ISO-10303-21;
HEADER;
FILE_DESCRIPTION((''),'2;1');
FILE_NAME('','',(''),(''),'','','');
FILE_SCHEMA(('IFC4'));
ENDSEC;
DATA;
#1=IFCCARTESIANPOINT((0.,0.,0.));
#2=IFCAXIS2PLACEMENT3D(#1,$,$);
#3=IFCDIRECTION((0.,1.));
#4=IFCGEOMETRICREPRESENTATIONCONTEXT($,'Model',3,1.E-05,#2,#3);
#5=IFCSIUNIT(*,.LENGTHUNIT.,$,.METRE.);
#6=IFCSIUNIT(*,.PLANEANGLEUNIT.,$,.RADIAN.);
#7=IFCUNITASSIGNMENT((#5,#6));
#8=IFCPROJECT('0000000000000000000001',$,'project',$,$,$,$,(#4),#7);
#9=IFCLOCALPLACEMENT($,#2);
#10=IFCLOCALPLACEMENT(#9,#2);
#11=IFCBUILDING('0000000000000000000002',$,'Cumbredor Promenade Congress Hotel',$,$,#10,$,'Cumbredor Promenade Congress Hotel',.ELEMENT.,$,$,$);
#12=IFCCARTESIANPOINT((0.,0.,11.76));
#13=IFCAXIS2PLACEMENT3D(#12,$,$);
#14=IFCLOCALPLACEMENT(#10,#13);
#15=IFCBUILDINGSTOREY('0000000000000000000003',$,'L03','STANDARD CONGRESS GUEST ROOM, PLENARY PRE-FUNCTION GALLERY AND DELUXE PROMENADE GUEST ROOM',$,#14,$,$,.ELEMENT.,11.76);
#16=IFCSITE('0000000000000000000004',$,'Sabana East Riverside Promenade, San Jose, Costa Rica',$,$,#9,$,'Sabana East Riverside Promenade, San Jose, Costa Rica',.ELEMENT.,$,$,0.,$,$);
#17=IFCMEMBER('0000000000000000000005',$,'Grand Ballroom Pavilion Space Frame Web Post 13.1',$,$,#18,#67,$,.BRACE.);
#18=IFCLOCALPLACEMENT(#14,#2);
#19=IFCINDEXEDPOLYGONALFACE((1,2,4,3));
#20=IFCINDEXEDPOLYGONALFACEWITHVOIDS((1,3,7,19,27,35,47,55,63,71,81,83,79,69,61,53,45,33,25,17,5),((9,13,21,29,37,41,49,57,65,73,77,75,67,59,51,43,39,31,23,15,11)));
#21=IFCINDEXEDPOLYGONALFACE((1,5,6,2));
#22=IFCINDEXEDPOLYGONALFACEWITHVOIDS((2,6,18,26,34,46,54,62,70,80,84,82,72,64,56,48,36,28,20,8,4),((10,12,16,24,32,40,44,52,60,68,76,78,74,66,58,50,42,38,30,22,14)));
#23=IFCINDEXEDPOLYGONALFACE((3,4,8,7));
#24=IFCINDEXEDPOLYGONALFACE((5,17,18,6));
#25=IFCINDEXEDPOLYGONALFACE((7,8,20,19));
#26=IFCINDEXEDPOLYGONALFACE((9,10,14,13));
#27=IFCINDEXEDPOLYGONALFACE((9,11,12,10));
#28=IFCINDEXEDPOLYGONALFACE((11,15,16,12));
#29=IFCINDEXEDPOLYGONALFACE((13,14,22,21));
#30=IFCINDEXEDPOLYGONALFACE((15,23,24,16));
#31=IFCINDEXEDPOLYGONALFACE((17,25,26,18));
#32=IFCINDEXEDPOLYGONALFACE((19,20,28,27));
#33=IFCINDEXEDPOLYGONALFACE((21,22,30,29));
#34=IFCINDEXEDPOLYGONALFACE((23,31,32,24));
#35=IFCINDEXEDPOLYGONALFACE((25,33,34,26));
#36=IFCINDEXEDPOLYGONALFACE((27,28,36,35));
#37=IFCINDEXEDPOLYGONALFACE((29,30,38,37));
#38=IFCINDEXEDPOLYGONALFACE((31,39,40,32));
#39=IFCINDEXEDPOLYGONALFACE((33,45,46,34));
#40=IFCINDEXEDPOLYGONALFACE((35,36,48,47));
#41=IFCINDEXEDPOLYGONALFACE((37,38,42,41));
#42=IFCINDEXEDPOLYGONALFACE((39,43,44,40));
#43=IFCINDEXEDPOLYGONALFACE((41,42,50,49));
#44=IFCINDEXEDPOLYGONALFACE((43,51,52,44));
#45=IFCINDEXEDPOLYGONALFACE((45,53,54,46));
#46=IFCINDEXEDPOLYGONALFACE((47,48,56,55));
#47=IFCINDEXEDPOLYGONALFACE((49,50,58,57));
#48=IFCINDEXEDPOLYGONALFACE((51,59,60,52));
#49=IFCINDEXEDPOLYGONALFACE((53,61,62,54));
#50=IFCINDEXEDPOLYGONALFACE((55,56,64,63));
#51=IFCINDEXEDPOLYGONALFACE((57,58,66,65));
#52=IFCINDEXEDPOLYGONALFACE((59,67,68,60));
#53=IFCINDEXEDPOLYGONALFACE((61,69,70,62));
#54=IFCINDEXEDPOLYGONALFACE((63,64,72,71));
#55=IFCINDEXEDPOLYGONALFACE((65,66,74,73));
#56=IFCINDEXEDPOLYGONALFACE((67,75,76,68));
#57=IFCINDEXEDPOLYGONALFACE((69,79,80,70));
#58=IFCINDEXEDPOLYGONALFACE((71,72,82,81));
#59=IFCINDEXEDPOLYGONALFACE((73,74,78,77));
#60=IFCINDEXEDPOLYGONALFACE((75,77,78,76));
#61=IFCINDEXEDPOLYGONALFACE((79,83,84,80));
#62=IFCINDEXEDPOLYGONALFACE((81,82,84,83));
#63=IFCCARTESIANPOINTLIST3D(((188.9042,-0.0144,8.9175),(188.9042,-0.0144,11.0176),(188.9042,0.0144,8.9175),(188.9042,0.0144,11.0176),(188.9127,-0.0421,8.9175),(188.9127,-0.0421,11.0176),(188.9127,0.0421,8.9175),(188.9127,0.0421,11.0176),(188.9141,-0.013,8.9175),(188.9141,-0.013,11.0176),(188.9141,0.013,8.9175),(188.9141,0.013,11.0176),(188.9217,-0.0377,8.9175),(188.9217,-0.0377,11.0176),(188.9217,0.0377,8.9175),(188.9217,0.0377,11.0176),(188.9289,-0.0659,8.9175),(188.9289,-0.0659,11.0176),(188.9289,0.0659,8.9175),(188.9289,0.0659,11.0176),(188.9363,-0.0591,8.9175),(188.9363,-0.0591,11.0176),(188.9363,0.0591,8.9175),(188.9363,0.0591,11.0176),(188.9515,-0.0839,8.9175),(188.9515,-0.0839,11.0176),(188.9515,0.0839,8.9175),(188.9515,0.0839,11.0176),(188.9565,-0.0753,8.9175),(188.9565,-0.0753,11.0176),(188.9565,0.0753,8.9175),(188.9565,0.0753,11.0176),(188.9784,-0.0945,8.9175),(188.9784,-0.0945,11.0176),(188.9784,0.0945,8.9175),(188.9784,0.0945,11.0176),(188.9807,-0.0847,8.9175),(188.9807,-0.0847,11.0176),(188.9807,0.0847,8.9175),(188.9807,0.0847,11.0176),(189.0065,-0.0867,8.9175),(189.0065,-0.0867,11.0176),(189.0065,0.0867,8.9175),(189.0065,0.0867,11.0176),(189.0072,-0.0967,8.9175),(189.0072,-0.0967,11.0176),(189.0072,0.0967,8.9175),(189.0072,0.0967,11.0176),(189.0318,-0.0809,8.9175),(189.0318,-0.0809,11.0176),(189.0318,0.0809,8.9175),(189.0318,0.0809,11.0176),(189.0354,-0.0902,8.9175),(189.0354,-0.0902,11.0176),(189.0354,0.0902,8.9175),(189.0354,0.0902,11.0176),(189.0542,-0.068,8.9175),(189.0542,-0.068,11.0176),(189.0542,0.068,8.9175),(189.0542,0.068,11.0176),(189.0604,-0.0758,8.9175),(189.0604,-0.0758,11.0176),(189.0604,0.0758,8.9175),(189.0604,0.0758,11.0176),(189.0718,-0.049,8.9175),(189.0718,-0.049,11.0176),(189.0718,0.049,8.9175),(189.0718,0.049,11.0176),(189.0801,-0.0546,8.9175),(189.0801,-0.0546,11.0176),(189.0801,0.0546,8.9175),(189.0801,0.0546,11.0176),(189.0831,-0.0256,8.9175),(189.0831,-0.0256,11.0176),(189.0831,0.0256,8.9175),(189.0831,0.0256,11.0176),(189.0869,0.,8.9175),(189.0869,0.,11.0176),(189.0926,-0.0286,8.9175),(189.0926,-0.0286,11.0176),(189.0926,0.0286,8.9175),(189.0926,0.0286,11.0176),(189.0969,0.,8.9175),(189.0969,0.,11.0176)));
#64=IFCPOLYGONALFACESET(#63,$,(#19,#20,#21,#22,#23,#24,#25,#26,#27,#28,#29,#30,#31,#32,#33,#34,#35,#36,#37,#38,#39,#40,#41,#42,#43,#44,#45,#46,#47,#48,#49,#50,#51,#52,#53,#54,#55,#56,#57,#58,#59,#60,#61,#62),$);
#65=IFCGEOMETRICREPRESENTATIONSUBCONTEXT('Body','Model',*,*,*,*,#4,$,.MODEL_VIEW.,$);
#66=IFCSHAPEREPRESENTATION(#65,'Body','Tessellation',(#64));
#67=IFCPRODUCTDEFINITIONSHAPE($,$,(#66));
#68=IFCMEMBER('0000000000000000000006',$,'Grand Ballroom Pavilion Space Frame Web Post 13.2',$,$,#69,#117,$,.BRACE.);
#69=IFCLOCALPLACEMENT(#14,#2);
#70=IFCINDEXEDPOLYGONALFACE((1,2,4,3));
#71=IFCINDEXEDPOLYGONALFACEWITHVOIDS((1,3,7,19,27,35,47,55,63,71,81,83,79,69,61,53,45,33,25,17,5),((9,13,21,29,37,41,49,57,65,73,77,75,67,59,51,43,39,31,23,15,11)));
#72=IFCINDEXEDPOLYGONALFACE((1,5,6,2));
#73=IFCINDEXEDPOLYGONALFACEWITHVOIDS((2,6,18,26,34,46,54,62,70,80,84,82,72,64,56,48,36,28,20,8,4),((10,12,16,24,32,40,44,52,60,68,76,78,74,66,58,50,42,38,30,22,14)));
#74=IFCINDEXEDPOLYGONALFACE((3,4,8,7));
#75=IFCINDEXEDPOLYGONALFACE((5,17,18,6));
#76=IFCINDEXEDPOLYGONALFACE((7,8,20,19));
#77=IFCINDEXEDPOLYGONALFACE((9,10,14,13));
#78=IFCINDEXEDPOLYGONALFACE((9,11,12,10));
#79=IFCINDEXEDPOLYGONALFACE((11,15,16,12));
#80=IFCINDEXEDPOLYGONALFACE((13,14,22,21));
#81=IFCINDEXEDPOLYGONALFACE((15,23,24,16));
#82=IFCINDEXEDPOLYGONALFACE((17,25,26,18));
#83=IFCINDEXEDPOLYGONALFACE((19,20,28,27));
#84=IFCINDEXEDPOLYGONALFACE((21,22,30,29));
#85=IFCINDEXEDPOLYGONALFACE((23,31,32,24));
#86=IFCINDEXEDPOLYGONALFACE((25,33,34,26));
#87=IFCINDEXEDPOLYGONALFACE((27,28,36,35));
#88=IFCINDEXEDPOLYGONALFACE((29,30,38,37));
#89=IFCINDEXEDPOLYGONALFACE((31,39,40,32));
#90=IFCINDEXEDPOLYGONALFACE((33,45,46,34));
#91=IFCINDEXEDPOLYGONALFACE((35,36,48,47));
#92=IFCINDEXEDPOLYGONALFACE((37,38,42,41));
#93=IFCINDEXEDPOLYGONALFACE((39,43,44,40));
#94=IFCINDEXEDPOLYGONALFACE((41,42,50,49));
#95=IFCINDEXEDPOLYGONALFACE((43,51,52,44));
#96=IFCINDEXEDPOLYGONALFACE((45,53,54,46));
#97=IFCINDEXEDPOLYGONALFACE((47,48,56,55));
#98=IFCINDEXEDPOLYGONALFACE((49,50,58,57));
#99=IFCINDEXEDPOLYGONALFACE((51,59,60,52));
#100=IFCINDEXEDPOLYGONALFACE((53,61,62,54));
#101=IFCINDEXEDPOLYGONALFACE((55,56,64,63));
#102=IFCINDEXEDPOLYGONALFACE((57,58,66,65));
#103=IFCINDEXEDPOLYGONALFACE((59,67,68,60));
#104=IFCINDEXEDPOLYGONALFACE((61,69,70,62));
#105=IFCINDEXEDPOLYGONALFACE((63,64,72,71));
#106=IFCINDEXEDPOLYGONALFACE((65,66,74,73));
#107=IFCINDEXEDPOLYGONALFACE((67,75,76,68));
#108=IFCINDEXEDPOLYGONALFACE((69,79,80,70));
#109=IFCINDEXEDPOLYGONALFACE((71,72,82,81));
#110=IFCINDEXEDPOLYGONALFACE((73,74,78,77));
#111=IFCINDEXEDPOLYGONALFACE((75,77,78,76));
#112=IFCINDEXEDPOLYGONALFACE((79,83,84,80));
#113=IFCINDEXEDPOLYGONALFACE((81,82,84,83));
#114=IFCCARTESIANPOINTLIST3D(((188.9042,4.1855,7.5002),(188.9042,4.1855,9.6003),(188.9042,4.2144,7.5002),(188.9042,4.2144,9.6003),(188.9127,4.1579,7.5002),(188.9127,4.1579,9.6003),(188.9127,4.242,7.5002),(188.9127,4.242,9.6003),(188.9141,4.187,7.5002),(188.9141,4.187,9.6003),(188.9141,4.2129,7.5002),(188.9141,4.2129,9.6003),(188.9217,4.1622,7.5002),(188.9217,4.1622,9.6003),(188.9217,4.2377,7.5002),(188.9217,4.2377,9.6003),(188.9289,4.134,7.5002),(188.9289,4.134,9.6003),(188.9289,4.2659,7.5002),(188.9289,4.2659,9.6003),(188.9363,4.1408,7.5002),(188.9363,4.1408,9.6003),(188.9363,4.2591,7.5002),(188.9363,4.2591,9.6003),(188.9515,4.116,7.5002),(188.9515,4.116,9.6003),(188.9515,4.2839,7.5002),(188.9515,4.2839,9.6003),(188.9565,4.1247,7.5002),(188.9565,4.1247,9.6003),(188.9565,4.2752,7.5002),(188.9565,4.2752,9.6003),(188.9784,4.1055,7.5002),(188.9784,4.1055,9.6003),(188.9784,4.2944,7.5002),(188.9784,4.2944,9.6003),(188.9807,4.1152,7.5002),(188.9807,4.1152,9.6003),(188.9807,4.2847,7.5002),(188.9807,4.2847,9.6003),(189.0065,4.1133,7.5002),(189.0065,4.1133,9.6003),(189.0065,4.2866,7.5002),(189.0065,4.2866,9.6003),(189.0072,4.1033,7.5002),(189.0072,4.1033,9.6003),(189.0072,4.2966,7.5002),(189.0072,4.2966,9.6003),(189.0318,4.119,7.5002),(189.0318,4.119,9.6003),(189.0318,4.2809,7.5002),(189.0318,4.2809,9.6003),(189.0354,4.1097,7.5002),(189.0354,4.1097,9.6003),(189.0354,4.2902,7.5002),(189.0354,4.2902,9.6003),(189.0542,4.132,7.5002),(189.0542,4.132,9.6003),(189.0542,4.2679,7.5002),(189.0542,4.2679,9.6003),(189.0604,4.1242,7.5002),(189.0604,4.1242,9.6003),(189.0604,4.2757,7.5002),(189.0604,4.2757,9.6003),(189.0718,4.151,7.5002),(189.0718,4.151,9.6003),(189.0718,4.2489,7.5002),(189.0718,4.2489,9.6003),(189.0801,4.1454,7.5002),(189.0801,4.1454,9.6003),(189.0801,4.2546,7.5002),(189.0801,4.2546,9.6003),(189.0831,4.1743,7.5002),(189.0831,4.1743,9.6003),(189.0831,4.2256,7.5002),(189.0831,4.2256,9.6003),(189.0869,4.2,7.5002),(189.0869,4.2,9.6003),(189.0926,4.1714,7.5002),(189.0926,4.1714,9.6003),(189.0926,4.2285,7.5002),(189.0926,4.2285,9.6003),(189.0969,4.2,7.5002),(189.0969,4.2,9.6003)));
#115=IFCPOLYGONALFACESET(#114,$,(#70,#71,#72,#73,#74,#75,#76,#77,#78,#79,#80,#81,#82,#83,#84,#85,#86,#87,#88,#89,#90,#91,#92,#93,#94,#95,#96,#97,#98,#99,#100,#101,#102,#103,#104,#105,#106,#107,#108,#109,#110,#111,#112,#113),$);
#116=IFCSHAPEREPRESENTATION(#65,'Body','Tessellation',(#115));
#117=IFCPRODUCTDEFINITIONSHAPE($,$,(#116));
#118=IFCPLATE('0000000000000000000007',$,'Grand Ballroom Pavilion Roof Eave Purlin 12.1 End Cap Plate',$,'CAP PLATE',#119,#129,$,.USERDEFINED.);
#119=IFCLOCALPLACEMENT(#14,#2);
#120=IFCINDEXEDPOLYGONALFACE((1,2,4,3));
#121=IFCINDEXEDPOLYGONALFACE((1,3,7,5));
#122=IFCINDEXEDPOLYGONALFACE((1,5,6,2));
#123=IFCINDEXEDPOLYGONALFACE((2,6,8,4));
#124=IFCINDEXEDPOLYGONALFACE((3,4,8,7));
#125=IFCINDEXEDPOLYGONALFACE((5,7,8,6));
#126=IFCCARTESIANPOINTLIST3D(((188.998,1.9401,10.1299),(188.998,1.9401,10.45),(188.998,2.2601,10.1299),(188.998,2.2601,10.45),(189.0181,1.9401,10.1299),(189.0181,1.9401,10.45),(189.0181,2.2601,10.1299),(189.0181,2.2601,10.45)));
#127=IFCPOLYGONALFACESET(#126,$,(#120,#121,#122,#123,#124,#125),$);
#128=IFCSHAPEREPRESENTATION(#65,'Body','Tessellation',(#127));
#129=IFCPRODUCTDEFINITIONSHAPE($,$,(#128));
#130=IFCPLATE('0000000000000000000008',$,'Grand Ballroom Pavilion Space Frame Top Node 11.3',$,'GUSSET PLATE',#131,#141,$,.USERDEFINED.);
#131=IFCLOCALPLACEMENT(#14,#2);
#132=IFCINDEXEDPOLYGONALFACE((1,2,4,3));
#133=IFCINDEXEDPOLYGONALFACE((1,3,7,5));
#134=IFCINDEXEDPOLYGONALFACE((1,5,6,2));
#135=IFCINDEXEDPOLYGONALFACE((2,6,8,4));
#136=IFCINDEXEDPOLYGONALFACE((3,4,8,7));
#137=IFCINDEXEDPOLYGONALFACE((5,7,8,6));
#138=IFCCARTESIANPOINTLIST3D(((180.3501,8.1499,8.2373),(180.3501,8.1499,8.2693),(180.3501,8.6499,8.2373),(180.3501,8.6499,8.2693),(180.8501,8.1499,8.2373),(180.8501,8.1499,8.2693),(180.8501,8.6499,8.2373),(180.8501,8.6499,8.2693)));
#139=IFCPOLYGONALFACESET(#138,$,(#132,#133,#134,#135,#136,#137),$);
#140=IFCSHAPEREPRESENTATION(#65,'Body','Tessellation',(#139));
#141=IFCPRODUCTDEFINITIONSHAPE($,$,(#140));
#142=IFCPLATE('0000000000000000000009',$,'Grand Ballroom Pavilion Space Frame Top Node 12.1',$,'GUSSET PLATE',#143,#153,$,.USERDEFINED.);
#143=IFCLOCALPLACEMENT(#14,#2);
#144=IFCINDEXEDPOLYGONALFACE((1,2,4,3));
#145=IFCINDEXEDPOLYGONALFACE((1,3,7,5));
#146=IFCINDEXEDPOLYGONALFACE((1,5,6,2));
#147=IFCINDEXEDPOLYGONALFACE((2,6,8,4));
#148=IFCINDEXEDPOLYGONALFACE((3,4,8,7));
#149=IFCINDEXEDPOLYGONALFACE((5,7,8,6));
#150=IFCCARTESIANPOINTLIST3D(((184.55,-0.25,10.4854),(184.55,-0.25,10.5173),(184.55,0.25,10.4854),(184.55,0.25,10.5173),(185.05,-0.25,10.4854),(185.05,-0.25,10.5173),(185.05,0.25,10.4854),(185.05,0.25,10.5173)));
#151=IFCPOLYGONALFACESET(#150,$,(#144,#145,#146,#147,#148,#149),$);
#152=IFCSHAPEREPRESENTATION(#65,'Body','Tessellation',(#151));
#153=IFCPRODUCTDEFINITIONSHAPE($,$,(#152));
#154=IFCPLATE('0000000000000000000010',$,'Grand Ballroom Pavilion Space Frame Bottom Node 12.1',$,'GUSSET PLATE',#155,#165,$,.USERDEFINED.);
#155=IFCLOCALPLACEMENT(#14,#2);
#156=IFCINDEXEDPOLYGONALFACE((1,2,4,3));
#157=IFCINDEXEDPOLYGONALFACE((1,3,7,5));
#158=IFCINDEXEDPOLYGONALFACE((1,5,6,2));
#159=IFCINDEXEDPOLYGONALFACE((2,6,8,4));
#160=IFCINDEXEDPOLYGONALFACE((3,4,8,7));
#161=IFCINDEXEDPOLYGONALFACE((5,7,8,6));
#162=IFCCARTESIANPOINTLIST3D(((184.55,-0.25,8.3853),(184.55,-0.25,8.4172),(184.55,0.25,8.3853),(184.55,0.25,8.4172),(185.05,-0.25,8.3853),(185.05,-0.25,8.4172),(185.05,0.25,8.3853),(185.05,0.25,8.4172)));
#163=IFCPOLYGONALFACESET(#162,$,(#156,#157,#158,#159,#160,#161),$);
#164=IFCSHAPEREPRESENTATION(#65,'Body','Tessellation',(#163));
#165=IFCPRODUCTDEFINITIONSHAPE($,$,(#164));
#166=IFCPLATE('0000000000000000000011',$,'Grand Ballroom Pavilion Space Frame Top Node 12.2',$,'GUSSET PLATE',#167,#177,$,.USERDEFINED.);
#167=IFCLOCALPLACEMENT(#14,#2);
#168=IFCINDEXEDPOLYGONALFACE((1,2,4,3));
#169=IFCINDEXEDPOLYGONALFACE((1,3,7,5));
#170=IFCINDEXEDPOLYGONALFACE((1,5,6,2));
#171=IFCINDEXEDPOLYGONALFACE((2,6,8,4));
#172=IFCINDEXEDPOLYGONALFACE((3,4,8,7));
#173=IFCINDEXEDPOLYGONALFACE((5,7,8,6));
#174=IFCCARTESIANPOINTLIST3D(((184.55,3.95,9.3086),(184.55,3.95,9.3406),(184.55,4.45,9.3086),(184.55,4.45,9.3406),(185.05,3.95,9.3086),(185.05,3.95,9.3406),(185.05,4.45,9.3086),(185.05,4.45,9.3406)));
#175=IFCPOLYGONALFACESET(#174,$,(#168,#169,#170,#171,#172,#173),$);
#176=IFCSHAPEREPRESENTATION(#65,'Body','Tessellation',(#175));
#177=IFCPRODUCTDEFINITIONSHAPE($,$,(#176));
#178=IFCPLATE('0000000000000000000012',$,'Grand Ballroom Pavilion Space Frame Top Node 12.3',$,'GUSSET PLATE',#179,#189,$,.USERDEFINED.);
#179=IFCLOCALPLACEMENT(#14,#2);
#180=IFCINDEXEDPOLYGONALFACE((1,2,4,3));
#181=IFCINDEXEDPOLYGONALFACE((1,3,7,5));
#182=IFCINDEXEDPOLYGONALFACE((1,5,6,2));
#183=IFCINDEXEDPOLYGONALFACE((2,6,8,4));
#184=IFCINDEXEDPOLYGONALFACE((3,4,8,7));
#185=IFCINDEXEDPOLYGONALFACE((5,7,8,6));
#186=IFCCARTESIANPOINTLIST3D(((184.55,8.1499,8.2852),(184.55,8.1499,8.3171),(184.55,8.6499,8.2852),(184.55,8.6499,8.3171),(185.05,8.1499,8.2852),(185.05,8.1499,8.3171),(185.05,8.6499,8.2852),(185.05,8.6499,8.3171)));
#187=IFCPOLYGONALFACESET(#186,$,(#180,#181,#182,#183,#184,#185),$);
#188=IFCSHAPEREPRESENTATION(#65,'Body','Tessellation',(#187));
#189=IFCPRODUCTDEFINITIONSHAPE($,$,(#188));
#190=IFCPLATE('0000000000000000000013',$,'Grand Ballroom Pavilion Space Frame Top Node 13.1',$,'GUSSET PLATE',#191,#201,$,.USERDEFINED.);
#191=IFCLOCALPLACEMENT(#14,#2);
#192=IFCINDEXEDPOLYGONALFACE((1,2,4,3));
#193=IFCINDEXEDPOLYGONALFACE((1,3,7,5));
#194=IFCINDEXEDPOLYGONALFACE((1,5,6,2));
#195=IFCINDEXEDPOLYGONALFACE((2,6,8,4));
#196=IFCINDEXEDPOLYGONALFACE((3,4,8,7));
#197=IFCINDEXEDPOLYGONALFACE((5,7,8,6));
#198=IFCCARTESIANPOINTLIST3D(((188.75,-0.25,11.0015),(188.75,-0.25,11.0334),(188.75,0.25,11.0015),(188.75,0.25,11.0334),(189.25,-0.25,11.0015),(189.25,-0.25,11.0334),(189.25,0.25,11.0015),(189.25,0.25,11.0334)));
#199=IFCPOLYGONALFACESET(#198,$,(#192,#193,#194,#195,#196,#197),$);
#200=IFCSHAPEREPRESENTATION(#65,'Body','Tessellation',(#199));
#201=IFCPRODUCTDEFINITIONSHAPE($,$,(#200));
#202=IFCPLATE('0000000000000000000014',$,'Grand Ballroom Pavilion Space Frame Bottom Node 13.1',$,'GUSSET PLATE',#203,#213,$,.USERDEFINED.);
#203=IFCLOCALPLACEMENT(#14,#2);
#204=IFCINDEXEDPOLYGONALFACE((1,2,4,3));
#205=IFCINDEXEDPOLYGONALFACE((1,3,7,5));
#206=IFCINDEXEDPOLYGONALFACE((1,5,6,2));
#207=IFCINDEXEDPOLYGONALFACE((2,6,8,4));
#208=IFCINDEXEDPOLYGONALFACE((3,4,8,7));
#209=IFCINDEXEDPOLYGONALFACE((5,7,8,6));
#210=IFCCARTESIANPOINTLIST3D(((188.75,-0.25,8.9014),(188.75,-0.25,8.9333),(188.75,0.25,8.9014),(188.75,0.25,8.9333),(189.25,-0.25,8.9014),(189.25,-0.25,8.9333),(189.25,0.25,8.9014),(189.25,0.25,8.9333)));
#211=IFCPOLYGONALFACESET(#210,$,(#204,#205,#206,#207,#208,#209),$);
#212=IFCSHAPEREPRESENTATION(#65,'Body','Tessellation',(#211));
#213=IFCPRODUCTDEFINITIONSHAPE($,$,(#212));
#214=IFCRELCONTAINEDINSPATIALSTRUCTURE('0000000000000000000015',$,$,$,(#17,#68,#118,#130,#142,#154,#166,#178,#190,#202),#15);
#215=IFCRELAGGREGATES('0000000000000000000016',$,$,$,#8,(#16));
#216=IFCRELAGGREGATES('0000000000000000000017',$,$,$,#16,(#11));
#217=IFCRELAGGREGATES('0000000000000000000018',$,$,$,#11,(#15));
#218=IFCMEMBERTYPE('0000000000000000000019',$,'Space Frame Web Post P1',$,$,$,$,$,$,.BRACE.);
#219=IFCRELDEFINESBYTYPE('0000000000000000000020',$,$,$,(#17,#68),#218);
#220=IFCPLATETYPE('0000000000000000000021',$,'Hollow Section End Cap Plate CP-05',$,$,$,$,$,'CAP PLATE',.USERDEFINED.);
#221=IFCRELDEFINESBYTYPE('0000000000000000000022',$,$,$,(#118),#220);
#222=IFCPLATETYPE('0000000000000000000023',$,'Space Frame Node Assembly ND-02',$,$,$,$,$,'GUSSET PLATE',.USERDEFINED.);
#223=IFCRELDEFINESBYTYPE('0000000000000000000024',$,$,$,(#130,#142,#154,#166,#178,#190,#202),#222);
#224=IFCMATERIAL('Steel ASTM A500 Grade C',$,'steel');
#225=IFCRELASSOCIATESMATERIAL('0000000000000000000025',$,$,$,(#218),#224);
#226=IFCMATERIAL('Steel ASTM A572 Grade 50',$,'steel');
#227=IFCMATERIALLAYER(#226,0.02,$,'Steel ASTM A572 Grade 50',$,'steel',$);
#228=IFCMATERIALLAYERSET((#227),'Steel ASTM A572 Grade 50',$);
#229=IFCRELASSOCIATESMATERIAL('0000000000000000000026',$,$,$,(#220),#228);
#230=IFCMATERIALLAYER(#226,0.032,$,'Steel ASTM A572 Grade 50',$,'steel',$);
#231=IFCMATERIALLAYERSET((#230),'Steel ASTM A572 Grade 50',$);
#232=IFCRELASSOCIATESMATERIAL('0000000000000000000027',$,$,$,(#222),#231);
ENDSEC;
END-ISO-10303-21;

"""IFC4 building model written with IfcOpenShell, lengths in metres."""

from ifc_helpers import new_model, si_unit, direction, frame, origin, origin_2d, place, context, subcontext, project, spatial, rectangle, hollow_circle, extrude, material, layer, layer_set, material_profile, profile_set, type_object, element, save


model = new_model("IFC4")

# Units and contexts
model_context = context("Model", 3, precision=1e-05, world=origin(), true_north=direction((0.0, 1.0)))
body_context = subcontext(model_context, "Body", "Model", "MODEL_VIEW")
ifc_project = project(units=[si_unit("LENGTHUNIT", "METRE"), si_unit("PLANEANGLEUNIT", "RADIAN")], contexts=[model_context])

# Site, building, storey
site_placement = place(None, origin())
site = spatial("IfcSite", under=ifc_project, at=site_placement, Name="Sabana East Riverside Promenade, San Jose, Costa Rica", LongName="Sabana East Riverside Promenade, San Jose, Costa Rica", CompositionType="ELEMENT", RefElevation=0.0)
building_placement = place(site_placement, origin())
building = spatial("IfcBuilding", under=site, at=building_placement, Name="Cumbredor Promenade Congress Hotel", LongName="Cumbredor Promenade Congress Hotel", CompositionType="ELEMENT")
storey_placement = place(building_placement, frame((0.0, 0.0, 11.76)))
storey = spatial("IfcBuildingStorey", under=building, at=storey_placement, Name="L03", Description="STANDARD CONGRESS GUEST ROOM, PLENARY PRE-FUNCTION GALLERY AND DELUXE PROMENADE GUEST ROOM", CompositionType="ELEMENT", Elevation=11.76)

# Shared definitions
ifc_material_1 = material(Name="Steel ASTM A500 Grade C", Category="steel")

# Members
ifc_material_profile_1 = material_profile(ifc_material_1, hollow_circle(Radius=0.0969, WallThickness=0.01, at=origin_2d()), Name="CHS 193.7x10")
ifc_profile_set_1 = profile_set([ifc_material_profile_1], Name="Steel ASTM A500 Grade C")
member_type_1 = type_object("IfcMemberType", Name="Space Frame Web Post P1", PredefinedType="BRACE", material=ifc_profile_set_1)
for number, where, z_axis, x_axis, name in (
    (1, (189.0, 0.0, 8.9175), (0.0, 0.0, 1.0), (1.0, 0.0, 0.0), "Grand Ballroom Pavilion Space Frame Web Post 13.1"),
    (2, (189.0, 4.2, 7.5002), (0.0, 0.0, 1.0), (1.0, 0.0, 0.0), "Grand Ballroom Pavilion Space Frame Web Post 13.2"),
):
    element("IfcMember", number, at=place(storey_placement, frame(where, z_axis=z_axis, x_axis=x_axis)), inside=storey, type_object=member_type_1, Name=name, PredefinedType="BRACE", context=body_context, shape_type="SweptSolid", body=[
        extrude(hollow_circle(Radius=0.0969, WallThickness=0.01, at=origin_2d()), origin(), (0.0, 0.0, 1.0), 2.1001),
    ])

# Plates
ifc_material_2 = material(Name="Steel ASTM A572 Grade 50", Category="steel")
ifc_layer_1 = layer(ifc_material_2, 0.02, Name="Steel ASTM A572 Grade 50", Category="steel")
ifc_layer_set_1 = layer_set([ifc_layer_1], Name="Steel ASTM A572 Grade 50")
plate_type_1 = type_object("IfcPlateType", Name="Hollow Section End Cap Plate CP-05", ElementType="CAP PLATE", PredefinedType="USERDEFINED", material=ifc_layer_set_1)
plate_placement = place(storey_placement, frame((189.0081, 2.1001, 10.1299), z_axis=(0.0, 0.0, 1.0), x_axis=(1.0, 0.0, 0.0)))
element("IfcPlate", 3, at=plate_placement, inside=storey, type_object=plate_type_1, Name="Grand Ballroom Pavilion Roof Eave Purlin 12.1 End Cap Plate", ObjectType="CAP PLATE", PredefinedType="USERDEFINED", context=body_context, shape_type="SweptSolid", body=[
    extrude(rectangle(XDim=0.02, YDim=0.3201, at=origin_2d()), origin(), (0.0, 0.0, 1.0), 0.3201),
])
ifc_layer_2 = layer(ifc_material_2, 0.032, Name="Steel ASTM A572 Grade 50", Category="steel")
ifc_layer_set_2 = layer_set([ifc_layer_2], Name="Steel ASTM A572 Grade 50")
plate_type_2 = type_object("IfcPlateType", Name="Space Frame Node Assembly ND-02", ElementType="GUSSET PLATE", PredefinedType="USERDEFINED", material=ifc_layer_set_2)
for number, where, z_axis, x_axis, name in (
    (4, (180.6001, 8.3999, 8.2373), (0.0, 0.0, 1.0), (1.0, 0.0, 0.0), "Grand Ballroom Pavilion Space Frame Top Node 11.3"),
    (5, (184.8, 0.0, 10.4854), (0.0, 0.0, 1.0), (1.0, 0.0, 0.0), "Grand Ballroom Pavilion Space Frame Top Node 12.1"),
    (6, (184.8, 0.0, 8.3853), (0.0, 0.0, 1.0), (1.0, 0.0, 0.0), "Grand Ballroom Pavilion Space Frame Bottom Node 12.1"),
    (7, (184.8, 4.2, 9.3086), (0.0, 0.0, 1.0), (1.0, 0.0, 0.0), "Grand Ballroom Pavilion Space Frame Top Node 12.2"),
    (8, (184.8, 8.3999, 8.2852), (0.0, 0.0, 1.0), (1.0, 0.0, 0.0), "Grand Ballroom Pavilion Space Frame Top Node 12.3"),
    (9, (189.0, 0.0, 11.0015), (0.0, 0.0, 1.0), (1.0, 0.0, 0.0), "Grand Ballroom Pavilion Space Frame Top Node 13.1"),
    (10, (189.0, 0.0, 8.9014), (0.0, 0.0, 1.0), (1.0, 0.0, 0.0), "Grand Ballroom Pavilion Space Frame Bottom Node 13.1"),
):
    element("IfcPlate", number, at=place(storey_placement, frame(where, z_axis=z_axis, x_axis=x_axis)), inside=storey, type_object=plate_type_2, Name=name, ObjectType="GUSSET PLATE", PredefinedType="USERDEFINED", context=body_context, shape_type="SweptSolid", body=[
        extrude(rectangle(XDim=0.5, YDim=0.5, at=origin_2d()), origin(), (0.0, 0.0, 1.0), 0.032),
    ])

save(model, "model.ifc")
